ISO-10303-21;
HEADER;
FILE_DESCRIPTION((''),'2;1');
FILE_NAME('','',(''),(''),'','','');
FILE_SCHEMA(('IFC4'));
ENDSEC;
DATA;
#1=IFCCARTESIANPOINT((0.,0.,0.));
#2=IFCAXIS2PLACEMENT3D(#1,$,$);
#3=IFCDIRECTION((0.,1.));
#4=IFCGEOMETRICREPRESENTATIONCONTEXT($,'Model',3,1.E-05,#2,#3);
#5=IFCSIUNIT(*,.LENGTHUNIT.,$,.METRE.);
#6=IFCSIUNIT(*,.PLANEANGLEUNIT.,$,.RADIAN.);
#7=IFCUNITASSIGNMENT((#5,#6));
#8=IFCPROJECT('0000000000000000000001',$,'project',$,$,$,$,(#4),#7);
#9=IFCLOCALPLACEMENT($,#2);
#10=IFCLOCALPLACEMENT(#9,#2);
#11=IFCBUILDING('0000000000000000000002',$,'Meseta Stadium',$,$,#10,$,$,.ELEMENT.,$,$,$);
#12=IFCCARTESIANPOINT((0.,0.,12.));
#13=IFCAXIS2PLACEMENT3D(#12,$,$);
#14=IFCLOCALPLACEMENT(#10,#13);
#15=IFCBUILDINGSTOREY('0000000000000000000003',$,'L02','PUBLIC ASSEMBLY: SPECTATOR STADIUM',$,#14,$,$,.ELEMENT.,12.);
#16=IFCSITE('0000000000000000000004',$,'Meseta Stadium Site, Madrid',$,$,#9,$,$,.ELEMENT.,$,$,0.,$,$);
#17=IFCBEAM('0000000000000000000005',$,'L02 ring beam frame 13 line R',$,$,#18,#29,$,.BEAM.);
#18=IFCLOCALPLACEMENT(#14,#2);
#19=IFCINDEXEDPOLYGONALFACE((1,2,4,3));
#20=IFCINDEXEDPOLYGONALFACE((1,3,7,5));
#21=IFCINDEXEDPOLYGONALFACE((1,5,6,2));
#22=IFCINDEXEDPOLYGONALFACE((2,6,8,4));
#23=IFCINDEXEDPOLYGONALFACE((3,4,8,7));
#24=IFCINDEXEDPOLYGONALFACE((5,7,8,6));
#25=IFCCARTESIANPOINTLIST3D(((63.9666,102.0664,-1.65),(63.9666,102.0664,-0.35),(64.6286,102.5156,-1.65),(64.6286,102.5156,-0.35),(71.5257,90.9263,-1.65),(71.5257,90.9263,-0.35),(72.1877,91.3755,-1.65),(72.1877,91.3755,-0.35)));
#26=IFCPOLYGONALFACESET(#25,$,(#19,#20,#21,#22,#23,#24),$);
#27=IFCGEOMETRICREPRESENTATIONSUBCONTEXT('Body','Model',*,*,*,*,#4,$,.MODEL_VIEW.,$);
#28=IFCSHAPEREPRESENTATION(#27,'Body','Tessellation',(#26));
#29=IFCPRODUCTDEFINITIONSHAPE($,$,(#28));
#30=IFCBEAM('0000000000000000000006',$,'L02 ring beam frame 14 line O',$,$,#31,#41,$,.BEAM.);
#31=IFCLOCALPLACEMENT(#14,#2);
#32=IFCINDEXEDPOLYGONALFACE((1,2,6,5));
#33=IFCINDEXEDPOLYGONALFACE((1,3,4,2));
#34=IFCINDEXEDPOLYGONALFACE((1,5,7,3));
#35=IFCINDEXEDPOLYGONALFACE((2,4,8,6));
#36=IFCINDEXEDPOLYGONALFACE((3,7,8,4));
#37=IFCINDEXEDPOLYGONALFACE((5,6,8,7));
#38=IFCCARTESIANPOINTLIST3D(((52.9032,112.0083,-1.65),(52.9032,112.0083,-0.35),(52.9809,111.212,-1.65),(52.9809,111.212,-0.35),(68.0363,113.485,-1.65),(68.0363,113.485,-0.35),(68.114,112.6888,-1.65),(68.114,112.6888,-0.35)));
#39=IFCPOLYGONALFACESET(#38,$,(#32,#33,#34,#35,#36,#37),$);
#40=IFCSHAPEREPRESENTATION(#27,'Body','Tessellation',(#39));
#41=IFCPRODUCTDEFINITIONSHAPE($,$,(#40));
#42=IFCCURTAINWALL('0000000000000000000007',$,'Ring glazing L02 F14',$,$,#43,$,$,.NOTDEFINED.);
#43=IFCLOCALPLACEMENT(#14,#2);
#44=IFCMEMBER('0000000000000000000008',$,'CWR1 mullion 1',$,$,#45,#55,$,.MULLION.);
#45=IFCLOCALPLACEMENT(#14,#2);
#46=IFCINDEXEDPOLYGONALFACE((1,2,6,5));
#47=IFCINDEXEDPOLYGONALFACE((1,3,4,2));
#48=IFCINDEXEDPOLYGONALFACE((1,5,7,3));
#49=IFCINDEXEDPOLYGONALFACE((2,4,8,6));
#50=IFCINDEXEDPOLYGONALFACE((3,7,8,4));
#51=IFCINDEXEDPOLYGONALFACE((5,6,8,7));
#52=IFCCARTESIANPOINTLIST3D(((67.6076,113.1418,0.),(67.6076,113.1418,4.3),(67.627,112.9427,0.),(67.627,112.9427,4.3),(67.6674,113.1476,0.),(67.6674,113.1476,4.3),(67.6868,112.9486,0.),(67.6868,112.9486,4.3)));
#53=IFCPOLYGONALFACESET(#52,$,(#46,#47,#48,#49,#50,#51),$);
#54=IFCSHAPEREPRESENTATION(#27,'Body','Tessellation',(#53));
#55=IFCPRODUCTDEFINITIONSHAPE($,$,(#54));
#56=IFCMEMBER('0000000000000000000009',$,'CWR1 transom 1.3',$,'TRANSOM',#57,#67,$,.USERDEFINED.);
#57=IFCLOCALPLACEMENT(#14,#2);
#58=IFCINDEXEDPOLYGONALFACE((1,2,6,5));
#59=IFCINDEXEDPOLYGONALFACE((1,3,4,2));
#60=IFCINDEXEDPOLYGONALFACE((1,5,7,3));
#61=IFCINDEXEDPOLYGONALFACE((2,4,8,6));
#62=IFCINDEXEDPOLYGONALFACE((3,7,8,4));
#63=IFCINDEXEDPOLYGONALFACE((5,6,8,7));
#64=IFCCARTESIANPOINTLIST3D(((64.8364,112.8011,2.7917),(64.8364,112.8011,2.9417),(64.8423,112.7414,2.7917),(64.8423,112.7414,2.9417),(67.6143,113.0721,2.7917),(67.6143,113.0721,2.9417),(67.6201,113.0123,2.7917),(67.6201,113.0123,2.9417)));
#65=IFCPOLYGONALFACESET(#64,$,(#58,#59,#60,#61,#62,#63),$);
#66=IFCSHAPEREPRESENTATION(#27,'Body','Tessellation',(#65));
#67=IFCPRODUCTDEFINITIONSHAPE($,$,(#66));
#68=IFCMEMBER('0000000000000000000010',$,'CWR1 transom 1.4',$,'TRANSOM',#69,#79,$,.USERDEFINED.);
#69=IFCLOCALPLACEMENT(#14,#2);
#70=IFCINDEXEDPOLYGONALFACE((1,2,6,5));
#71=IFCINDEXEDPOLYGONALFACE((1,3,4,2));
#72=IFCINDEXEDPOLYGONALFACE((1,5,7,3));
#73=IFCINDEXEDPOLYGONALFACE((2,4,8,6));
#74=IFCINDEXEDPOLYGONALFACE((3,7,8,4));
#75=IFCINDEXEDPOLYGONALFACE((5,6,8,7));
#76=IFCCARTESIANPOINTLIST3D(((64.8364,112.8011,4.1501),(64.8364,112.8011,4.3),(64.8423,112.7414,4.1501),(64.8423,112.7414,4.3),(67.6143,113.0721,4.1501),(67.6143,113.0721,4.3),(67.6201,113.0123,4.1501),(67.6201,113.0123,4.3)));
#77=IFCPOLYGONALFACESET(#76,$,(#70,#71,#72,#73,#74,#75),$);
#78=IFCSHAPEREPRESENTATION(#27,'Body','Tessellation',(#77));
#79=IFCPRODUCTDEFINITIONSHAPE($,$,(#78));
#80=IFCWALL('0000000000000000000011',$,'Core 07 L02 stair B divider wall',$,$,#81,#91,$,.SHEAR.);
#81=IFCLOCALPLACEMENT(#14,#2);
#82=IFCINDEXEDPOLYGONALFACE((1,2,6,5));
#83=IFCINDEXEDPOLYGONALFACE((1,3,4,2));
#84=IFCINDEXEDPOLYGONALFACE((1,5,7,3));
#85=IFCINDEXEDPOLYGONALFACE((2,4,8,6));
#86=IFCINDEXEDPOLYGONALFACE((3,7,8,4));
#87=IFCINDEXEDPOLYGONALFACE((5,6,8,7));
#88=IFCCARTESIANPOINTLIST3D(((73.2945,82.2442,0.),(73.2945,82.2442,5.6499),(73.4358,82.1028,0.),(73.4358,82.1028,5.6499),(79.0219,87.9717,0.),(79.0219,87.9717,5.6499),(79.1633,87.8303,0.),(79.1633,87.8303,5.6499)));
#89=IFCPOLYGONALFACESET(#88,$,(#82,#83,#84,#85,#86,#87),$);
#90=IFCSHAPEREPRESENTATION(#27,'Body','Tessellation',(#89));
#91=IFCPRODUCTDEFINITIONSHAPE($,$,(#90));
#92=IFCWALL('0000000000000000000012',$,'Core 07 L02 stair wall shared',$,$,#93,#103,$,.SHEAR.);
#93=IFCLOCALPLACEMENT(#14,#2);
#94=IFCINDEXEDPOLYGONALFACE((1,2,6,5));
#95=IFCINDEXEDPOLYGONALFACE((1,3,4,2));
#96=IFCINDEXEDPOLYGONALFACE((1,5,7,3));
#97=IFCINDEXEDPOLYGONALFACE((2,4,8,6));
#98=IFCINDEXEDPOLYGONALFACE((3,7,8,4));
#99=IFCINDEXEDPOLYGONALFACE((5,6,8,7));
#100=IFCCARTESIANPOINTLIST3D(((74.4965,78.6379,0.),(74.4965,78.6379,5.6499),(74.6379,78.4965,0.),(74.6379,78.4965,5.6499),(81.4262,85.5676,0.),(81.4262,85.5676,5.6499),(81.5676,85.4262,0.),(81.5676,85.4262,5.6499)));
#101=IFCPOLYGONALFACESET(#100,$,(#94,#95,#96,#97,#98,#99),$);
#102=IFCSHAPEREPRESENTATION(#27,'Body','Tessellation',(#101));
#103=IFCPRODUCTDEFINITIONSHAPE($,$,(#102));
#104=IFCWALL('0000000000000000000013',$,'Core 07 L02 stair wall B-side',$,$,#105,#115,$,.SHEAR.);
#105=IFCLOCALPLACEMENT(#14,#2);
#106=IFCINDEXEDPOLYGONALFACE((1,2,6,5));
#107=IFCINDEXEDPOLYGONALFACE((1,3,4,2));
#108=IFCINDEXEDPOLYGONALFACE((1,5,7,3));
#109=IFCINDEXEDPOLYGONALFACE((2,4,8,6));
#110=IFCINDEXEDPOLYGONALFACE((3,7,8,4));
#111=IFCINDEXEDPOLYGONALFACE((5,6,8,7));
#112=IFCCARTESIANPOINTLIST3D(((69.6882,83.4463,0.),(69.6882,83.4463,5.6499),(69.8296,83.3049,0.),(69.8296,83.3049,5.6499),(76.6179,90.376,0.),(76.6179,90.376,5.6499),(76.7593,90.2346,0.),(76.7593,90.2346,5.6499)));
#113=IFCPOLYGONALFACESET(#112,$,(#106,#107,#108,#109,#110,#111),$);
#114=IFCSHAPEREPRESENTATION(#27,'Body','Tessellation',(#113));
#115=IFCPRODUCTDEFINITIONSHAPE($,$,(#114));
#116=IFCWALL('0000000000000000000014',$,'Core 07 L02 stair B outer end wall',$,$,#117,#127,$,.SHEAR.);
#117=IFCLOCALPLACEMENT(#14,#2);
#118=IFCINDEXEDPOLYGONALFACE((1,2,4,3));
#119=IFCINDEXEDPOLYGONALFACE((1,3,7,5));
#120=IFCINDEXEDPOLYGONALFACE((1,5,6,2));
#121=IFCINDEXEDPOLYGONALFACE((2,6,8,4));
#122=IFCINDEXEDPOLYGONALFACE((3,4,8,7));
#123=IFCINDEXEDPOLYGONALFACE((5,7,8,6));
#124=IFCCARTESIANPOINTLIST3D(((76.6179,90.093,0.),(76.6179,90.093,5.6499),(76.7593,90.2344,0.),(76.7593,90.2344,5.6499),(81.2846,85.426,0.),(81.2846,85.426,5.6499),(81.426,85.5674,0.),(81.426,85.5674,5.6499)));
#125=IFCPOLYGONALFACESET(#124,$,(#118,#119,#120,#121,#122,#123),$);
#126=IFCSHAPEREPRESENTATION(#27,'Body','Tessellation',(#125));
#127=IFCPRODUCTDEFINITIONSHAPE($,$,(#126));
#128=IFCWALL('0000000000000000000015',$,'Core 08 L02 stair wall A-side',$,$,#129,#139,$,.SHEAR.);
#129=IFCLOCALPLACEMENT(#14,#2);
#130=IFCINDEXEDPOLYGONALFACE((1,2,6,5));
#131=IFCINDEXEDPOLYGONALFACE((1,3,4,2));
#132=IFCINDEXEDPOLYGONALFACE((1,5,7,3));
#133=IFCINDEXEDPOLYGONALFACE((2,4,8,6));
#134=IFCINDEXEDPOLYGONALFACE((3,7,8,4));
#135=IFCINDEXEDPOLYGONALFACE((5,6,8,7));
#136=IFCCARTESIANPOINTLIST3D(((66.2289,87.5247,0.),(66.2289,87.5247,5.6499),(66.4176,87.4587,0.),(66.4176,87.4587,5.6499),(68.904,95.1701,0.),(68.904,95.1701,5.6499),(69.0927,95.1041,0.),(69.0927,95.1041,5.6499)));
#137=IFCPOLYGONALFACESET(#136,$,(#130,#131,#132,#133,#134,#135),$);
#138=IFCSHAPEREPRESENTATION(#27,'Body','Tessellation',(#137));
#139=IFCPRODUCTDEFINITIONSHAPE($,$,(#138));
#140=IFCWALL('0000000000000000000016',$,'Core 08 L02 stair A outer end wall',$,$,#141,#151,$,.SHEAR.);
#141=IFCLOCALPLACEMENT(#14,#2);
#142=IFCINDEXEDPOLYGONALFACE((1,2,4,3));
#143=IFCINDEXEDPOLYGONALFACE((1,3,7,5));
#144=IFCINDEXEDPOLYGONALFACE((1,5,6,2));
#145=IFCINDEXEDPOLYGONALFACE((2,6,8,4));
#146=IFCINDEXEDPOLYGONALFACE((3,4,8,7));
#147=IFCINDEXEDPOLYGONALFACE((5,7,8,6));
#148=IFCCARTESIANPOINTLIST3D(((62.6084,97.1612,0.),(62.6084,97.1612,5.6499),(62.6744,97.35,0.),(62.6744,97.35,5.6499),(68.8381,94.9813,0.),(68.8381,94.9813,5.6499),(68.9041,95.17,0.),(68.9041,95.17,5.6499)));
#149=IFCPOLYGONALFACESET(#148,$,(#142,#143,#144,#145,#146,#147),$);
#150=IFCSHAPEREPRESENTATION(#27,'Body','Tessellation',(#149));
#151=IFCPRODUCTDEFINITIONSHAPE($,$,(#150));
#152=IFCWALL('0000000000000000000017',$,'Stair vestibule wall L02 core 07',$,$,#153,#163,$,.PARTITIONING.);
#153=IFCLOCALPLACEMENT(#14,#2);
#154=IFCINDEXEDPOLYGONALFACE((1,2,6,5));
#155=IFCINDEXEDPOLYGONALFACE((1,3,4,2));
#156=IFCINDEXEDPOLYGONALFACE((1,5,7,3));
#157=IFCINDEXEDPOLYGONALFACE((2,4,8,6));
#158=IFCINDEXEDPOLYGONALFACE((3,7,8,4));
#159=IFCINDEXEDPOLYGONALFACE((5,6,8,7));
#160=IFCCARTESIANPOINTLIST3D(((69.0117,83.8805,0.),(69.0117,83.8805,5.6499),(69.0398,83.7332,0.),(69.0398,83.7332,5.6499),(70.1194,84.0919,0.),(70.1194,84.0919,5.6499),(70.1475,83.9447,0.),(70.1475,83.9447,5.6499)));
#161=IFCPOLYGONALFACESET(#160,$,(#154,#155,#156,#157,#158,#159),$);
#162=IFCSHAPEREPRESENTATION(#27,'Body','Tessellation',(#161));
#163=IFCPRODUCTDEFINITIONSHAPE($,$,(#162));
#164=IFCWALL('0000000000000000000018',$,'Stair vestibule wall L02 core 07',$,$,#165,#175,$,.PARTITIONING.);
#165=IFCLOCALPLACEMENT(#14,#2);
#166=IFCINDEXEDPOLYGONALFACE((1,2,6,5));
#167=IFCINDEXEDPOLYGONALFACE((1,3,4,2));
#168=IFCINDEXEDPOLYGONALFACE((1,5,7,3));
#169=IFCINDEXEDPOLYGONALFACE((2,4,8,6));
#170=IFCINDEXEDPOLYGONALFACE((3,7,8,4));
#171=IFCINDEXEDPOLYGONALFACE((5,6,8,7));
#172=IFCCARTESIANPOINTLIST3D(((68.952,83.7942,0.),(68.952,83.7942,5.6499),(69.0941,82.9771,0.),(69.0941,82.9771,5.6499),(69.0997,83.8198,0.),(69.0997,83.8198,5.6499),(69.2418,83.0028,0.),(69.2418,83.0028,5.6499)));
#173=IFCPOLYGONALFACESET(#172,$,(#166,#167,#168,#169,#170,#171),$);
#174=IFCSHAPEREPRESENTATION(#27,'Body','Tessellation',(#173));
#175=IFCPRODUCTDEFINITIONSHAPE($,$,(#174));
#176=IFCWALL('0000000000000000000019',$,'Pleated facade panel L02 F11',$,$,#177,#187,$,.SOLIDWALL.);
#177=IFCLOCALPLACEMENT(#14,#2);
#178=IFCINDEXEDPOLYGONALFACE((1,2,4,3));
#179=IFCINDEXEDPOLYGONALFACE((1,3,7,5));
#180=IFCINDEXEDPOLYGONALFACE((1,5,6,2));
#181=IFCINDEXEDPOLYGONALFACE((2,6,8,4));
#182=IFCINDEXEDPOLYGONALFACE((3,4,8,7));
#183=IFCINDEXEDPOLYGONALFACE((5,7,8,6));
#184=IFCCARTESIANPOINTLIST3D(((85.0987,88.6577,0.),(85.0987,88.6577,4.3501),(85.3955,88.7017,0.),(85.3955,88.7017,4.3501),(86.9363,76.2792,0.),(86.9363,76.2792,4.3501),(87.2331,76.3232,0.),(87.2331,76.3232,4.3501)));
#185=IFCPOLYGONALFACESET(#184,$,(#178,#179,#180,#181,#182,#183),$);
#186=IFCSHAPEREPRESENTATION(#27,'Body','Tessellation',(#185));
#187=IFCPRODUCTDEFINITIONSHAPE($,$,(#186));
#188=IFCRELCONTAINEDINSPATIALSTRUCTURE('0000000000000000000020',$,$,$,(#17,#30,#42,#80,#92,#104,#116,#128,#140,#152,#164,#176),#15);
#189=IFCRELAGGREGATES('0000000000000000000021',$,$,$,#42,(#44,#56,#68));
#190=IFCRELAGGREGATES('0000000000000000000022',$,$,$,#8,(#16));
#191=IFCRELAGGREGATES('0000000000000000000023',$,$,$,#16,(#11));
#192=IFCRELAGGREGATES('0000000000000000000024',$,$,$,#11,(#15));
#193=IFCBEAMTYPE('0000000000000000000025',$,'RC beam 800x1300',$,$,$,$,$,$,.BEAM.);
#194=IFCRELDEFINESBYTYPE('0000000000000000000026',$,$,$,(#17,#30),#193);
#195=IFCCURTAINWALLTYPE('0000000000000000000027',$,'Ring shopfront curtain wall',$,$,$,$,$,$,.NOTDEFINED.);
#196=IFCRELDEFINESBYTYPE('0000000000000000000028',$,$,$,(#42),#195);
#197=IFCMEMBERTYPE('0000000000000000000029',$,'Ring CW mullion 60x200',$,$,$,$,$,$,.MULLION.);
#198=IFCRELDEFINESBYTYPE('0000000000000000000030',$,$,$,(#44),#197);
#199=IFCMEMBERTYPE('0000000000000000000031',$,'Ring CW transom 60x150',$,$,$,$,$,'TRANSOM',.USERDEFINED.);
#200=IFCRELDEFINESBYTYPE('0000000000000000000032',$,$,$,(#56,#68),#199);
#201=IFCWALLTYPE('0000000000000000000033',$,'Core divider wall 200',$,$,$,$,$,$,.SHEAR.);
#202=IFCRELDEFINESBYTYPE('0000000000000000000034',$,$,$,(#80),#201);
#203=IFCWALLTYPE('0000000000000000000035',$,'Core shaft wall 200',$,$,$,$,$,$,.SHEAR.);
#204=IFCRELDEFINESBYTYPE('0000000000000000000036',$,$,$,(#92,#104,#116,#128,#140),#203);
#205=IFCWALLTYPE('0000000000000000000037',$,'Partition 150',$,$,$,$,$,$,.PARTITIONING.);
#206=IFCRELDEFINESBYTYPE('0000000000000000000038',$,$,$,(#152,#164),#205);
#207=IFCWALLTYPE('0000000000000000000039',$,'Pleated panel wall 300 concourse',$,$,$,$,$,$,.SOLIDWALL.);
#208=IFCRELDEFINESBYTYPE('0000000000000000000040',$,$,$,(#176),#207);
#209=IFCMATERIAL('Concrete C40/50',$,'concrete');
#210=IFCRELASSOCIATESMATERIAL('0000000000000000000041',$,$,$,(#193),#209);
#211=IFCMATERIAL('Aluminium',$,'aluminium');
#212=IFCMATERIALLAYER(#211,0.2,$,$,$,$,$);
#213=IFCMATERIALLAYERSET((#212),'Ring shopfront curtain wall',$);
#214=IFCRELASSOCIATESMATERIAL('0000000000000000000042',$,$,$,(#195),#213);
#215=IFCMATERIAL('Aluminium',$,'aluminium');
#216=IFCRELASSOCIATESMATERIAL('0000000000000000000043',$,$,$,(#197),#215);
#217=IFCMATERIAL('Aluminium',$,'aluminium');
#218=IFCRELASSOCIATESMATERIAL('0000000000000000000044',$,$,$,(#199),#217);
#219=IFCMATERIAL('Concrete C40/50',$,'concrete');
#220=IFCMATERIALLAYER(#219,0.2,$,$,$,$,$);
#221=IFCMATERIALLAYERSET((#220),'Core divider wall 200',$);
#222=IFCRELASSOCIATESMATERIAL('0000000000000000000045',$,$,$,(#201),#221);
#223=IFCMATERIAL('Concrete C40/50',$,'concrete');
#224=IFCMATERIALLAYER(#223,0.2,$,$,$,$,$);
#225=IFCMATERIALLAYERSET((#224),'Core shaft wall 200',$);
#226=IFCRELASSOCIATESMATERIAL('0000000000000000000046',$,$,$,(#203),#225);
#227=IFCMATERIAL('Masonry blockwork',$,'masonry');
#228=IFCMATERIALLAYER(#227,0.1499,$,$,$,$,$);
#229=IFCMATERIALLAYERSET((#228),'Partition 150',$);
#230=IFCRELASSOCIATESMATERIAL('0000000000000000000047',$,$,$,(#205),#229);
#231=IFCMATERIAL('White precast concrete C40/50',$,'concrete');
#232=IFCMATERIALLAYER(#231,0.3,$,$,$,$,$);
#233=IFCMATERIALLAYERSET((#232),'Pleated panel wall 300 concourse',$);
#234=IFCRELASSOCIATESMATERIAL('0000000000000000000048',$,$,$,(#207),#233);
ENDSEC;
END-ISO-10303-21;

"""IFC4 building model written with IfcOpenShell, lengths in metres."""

from ifc_helpers import new_model, si_unit, direction, frame, frame_2d, origin, origin_2d, place, context, subcontext, project, spatial, rectangle, extrude, material, layer, layer_set, material_profile, profile_set, type_object, element, aggregate, save


model = new_model("IFC4")

# Units and contexts
model_context = context("Model", 3, precision=1e-05, world=origin(), true_north=direction((0.0, 1.0)))
body_context = subcontext(model_context, "Body", "Model", "MODEL_VIEW")
ifc_project = project(units=[si_unit("LENGTHUNIT", "METRE"), si_unit("PLANEANGLEUNIT", "RADIAN")], contexts=[model_context])

# Site, building, storey
site_placement = place(None, origin())
site = spatial("IfcSite", under=ifc_project, at=site_placement, Name="Meseta Stadium Site, Madrid", CompositionType="ELEMENT", RefElevation=0.0)
building_placement = place(site_placement, origin())
building = spatial("IfcBuilding", under=site, at=building_placement, Name="Meseta Stadium", CompositionType="ELEMENT")
storey_placement = place(building_placement, frame((0.0, 0.0, 12.0)))
storey = spatial("IfcBuildingStorey", under=building, at=storey_placement, Name="L02", Description="PUBLIC ASSEMBLY: SPECTATOR STADIUM", CompositionType="ELEMENT", Elevation=12.0)

# Beams
ifc_material_1 = material(Name="Concrete C40/50", Category="concrete")
ifc_material_profile_1 = material_profile(ifc_material_1, rectangle(XDim=0.8, YDim=1.3, at=origin_2d()), Name="RC 800x1300")
ifc_profile_set_1 = profile_set([ifc_material_profile_1], Name="Concrete C40/50")
beam_type_1 = type_object("IfcBeamType", Name="RC beam 800x1300", PredefinedType="BEAM", material=ifc_profile_set_1)
beam_1_placement = place(storey_placement, frame((71.8567, 91.1509, -1.0), z_axis=(-0.561486, 0.827486, 0.0), x_axis=(-0.827486, -0.561486, 0.0)))
element("IfcBeam", 1, at=beam_1_placement, inside=storey, type_object=beam_type_1, Name="L02 ring beam frame 13 line R", PredefinedType="BEAM", context=body_context, shape_type="SweptSolid", body=[
    extrude(rectangle(XDim=0.8, YDim=1.3, at=origin_2d()), origin(), (0.0, 0.0, 1.0), 13.4626),
])
beam_2_placement = place(storey_placement, frame((68.0752, 113.0869, -1.0), z_axis=(-0.995272, -0.097125, 0.0), x_axis=(0.097125, -0.995272, 0.0)))
element("IfcBeam", 2, at=beam_2_placement, inside=storey, type_object=beam_type_1, Name="L02 ring beam frame 14 line O", PredefinedType="BEAM", context=body_context, shape_type="SweptSolid", body=[
    extrude(rectangle(XDim=0.8, YDim=1.3, at=origin_2d()), origin(), (0.0, 0.0, 1.0), 15.2051),
])

# Curtain wall, members
ifc_material_2 = material(Name="Aluminium", Category="aluminium")
ifc_layer_1 = layer(ifc_material_2, 0.2)
ifc_layer_set_1 = layer_set([ifc_layer_1], Name="Ring shopfront curtain wall")
curtain_wall_type = type_object("IfcCurtainWallType", Name="Ring shopfront curtain wall", PredefinedType="NOTDEFINED", material=ifc_layer_set_1)
curtain_wall_placement = place(storey_placement, origin())
curtain_wall = element("IfcCurtainWall", 3, at=curtain_wall_placement, inside=storey, type_object=curtain_wall_type, Name="Ring glazing L02 F14", PredefinedType="NOTDEFINED")
ifc_material_3 = material(Name="Aluminium", Category="aluminium")
ifc_material_profile_2 = material_profile(ifc_material_3, rectangle(XDim=0.2, YDim=0.0601, at=origin_2d()), Name="CW 200x60")
ifc_profile_set_2 = profile_set([ifc_material_profile_2], Name="Aluminium")
member_type_1 = type_object("IfcMemberType", Name="Ring CW mullion 60x200", PredefinedType="MULLION", material=ifc_profile_set_2)
member_1_placement = place(storey_placement, frame((67.6472, 113.0452, 0.0), z_axis=(0.0, 0.0, 1.0), x_axis=(0.097125, -0.995272, 0.0)))
member_1 = element("IfcMember", 4, at=member_1_placement, type_object=member_type_1, Name="CWR1 mullion 1", PredefinedType="MULLION", context=body_context, shape_type="SweptSolid", body=[
    extrude(rectangle(XDim=0.2, YDim=0.0601, at=origin_2d()), origin(), (0.0, 0.0, 1.0), 4.3),
])
ifc_material_4 = material(Name="Aluminium", Category="aluminium")
ifc_material_profile_3 = material_profile(ifc_material_4, rectangle(XDim=0.0601, YDim=0.1499, at=origin_2d()), Name="CW 60x150")
ifc_profile_set_3 = profile_set([ifc_material_profile_3], Name="Aluminium")
member_type_2 = type_object("IfcMemberType", Name="Ring CW transom 60x150", ElementType="TRANSOM", PredefinedType="USERDEFINED", material=ifc_profile_set_3)
member_2_placement = place(storey_placement, frame((67.6172, 113.0422, 2.8667), z_axis=(-0.995275, -0.097096, 0.0), x_axis=(0.097096, -0.995275, 0.0)))
member_2 = element("IfcMember", 5, at=member_2_placement, type_object=member_type_2, Name="CWR1 transom 1.3", ObjectType="TRANSOM", PredefinedType="USERDEFINED", context=body_context, shape_type="SweptSolid", body=[
    extrude(rectangle(XDim=0.0601, YDim=0.1499, at=origin_2d()), origin(), (0.0, 0.0, 1.0), 2.791),
])
member_3_placement = place(storey_placement, frame((67.6172, 113.0422, 4.2251), z_axis=(-0.995275, -0.097096, 0.0), x_axis=(0.097096, -0.995275, 0.0)))
member_3 = element("IfcMember", 6, at=member_3_placement, type_object=member_type_2, Name="CWR1 transom 1.4", ObjectType="TRANSOM", PredefinedType="USERDEFINED", context=body_context, shape_type="SweptSolid", body=[
    extrude(rectangle(XDim=0.0601, YDim=0.1499, at=origin_2d()), origin(), (0.0, 0.0, 1.0), 2.791),
])
aggregate(curtain_wall, [member_1, member_2, member_3])

# Walls
ifc_material_5 = material(Name="Concrete C40/50", Category="concrete")
ifc_layer_2 = layer(ifc_material_5, 0.2)
ifc_layer_set_2 = layer_set([ifc_layer_2], Name="Core divider wall 200")
wall_type_1 = type_object("IfcWallType", Name="Core divider wall 200", PredefinedType="SHEAR", material=ifc_layer_set_2)
wall_1_placement = place(storey_placement, frame((79.0925, 87.9009, 0.0), z_axis=(0.0, 0.0, 1.0), x_axis=(-0.707107, -0.707107, 0.0)))
element("IfcWall", 7, at=wall_1_placement, inside=storey, type_object=wall_type_1, Name="Core 07 L02 stair B divider wall", PredefinedType="SHEAR", context=body_context, shape_type="SweptSolid", body=[
    extrude(rectangle(XDim=8.0999, YDim=0.2, at=frame_2d((4.0498, 0.0))), origin(), (0.0, 0.0, 1.0), 5.6499),
])
ifc_material_6 = material(Name="Concrete C40/50", Category="concrete")
ifc_layer_3 = layer(ifc_material_6, 0.2)
ifc_layer_set_3 = layer_set([ifc_layer_3], Name="Core shaft wall 200")
wall_type_2 = type_object("IfcWallType", Name="Core shaft wall 200", PredefinedType="SHEAR", material=ifc_layer_set_3)
for number, where, z_axis, x_axis, name in (
    (8, (81.4968, 85.4968, 0.0), (0.0, 0.0, 1.0), (-0.707107, -0.707107, 0.0), "Core 07 L02 stair wall shared"),
    (9, (76.6885, 90.3052, 0.0), (0.0, 0.0, 1.0), (-0.707107, -0.707107, 0.0), "Core 07 L02 stair wall B-side"),
):
    element("IfcWall", number, at=place(storey_placement, frame(where, z_axis=z_axis, x_axis=x_axis)), inside=storey, type_object=wall_type_2, Name=name, PredefinedType="SHEAR", context=body_context, shape_type="SweptSolid", body=[
        extrude(rectangle(XDim=9.8, YDim=0.2, at=frame_2d((4.8999, 0.0))), origin(), (0.0, 0.0, 1.0), 5.6499),
    ])
wall_2_placement = place(storey_placement, frame((81.3552, 85.4968, 0.0), z_axis=(0.0, 0.0, 1.0), x_axis=(-0.707088, 0.707125, 0.0)))
element("IfcWall", 10, at=wall_2_placement, inside=storey, type_object=wall_type_2, Name="Core 07 L02 stair B outer end wall", PredefinedType="SHEAR", context=body_context, shape_type="SweptSolid", body=[
    extrude(rectangle(XDim=6.5999, YDim=0.2, at=frame_2d((3.2998, 0.0))), origin(), (0.0, 0.0, 1.0), 5.6499),
])
wall_3_placement = place(storey_placement, frame((68.9983, 95.137, 0.0), z_axis=(0.0, 0.0, 1.0), x_axis=(-0.330263, -0.943889, 0.0)))
element("IfcWall", 11, at=wall_3_placement, inside=storey, type_object=wall_type_2, Name="Core 08 L02 stair wall A-side", PredefinedType="SHEAR", context=body_context, shape_type="SweptSolid", body=[
    extrude(rectangle(XDim=8.0999, YDim=0.2, at=frame_2d((4.0498, 0.0))), origin(), (0.0, 0.0, 1.0), 5.6499),
])
wall_4_placement = place(storey_placement, frame((68.8711, 95.0757, 0.0), z_axis=(0.0, 0.0, 1.0), x_axis=(-0.943881, 0.330286, 0.0)))
element("IfcWall", 12, at=wall_4_placement, inside=storey, type_object=wall_type_2, Name="Core 08 L02 stair A outer end wall", PredefinedType="SHEAR", context=body_context, shape_type="SweptSolid", body=[
    extrude(rectangle(XDim=6.6001, YDim=0.2, at=frame_2d((3.3, 0.0))), origin(), (0.0, 0.0, 1.0), 5.6499),
])
ifc_material_7 = material(Name="Masonry blockwork", Category="masonry")
ifc_layer_4 = layer(ifc_material_7, 0.1499)
ifc_layer_set_4 = layer_set([ifc_layer_4], Name="Partition 150")
wall_type_3 = type_object("IfcWallType", Name="Partition 150", PredefinedType="PARTITIONING", material=ifc_layer_set_4)
wall_5_placement = place(storey_placement, frame((70.1335, 84.0183, 0.0), z_axis=(0.0, 0.0, 1.0), x_axis=(-0.982266, -0.18749, 0.0)))
element("IfcWall", 13, at=wall_5_placement, inside=storey, type_object=wall_type_3, Name="Stair vestibule wall L02 core 07", PredefinedType="PARTITIONING", context=body_context, shape_type="SweptSolid", body=[
    extrude(rectangle(XDim=1.1277, YDim=0.1499, at=frame_2d((0.564, 0.0))), origin(), (0.0, 0.0, 1.0), 5.6499),
])
wall_6_placement = place(storey_placement, frame((69.0259, 83.8069, 0.0), z_axis=(0.0, 0.0, 1.0), x_axis=(0.171316, -0.985216, 0.0)))
element("IfcWall", 14, at=wall_6_placement, inside=storey, type_object=wall_type_3, Name="Stair vestibule wall L02 core 07", PredefinedType="PARTITIONING", context=body_context, shape_type="SweptSolid", body=[
    extrude(rectangle(XDim=0.8293, YDim=0.1499, at=frame_2d((0.4146, 0.0))), origin(), (0.0, 0.0, 1.0), 5.6499),
])
ifc_material_8 = material(Name="White precast concrete C40/50", Category="concrete")
ifc_layer_5 = layer(ifc_material_8, 0.3)
ifc_layer_set_5 = layer_set([ifc_layer_5], Name="Pleated panel wall 300 concourse")
wall_type_4 = type_object("IfcWallType", Name="Pleated panel wall 300 concourse", PredefinedType="SOLIDWALL", material=ifc_layer_set_5)
wall_7_placement = place(storey_placement, frame((85.2471, 88.6797, 0.0), z_axis=(0.0, 0.0, 1.0), x_axis=(0.146846, -0.989159, 0.0)))
element("IfcWall", 15, at=wall_7_placement, inside=storey, type_object=wall_type_4, Name="Pleated facade panel L02 F11", PredefinedType="SOLIDWALL", context=body_context, shape_type="SweptSolid", body=[
    extrude(rectangle(XDim=12.5142, YDim=0.3, at=frame_2d((6.2571, 0.0))), origin(), (0.0, 0.0, 1.0), 4.3501),
])

save(model, "model.ifc")
